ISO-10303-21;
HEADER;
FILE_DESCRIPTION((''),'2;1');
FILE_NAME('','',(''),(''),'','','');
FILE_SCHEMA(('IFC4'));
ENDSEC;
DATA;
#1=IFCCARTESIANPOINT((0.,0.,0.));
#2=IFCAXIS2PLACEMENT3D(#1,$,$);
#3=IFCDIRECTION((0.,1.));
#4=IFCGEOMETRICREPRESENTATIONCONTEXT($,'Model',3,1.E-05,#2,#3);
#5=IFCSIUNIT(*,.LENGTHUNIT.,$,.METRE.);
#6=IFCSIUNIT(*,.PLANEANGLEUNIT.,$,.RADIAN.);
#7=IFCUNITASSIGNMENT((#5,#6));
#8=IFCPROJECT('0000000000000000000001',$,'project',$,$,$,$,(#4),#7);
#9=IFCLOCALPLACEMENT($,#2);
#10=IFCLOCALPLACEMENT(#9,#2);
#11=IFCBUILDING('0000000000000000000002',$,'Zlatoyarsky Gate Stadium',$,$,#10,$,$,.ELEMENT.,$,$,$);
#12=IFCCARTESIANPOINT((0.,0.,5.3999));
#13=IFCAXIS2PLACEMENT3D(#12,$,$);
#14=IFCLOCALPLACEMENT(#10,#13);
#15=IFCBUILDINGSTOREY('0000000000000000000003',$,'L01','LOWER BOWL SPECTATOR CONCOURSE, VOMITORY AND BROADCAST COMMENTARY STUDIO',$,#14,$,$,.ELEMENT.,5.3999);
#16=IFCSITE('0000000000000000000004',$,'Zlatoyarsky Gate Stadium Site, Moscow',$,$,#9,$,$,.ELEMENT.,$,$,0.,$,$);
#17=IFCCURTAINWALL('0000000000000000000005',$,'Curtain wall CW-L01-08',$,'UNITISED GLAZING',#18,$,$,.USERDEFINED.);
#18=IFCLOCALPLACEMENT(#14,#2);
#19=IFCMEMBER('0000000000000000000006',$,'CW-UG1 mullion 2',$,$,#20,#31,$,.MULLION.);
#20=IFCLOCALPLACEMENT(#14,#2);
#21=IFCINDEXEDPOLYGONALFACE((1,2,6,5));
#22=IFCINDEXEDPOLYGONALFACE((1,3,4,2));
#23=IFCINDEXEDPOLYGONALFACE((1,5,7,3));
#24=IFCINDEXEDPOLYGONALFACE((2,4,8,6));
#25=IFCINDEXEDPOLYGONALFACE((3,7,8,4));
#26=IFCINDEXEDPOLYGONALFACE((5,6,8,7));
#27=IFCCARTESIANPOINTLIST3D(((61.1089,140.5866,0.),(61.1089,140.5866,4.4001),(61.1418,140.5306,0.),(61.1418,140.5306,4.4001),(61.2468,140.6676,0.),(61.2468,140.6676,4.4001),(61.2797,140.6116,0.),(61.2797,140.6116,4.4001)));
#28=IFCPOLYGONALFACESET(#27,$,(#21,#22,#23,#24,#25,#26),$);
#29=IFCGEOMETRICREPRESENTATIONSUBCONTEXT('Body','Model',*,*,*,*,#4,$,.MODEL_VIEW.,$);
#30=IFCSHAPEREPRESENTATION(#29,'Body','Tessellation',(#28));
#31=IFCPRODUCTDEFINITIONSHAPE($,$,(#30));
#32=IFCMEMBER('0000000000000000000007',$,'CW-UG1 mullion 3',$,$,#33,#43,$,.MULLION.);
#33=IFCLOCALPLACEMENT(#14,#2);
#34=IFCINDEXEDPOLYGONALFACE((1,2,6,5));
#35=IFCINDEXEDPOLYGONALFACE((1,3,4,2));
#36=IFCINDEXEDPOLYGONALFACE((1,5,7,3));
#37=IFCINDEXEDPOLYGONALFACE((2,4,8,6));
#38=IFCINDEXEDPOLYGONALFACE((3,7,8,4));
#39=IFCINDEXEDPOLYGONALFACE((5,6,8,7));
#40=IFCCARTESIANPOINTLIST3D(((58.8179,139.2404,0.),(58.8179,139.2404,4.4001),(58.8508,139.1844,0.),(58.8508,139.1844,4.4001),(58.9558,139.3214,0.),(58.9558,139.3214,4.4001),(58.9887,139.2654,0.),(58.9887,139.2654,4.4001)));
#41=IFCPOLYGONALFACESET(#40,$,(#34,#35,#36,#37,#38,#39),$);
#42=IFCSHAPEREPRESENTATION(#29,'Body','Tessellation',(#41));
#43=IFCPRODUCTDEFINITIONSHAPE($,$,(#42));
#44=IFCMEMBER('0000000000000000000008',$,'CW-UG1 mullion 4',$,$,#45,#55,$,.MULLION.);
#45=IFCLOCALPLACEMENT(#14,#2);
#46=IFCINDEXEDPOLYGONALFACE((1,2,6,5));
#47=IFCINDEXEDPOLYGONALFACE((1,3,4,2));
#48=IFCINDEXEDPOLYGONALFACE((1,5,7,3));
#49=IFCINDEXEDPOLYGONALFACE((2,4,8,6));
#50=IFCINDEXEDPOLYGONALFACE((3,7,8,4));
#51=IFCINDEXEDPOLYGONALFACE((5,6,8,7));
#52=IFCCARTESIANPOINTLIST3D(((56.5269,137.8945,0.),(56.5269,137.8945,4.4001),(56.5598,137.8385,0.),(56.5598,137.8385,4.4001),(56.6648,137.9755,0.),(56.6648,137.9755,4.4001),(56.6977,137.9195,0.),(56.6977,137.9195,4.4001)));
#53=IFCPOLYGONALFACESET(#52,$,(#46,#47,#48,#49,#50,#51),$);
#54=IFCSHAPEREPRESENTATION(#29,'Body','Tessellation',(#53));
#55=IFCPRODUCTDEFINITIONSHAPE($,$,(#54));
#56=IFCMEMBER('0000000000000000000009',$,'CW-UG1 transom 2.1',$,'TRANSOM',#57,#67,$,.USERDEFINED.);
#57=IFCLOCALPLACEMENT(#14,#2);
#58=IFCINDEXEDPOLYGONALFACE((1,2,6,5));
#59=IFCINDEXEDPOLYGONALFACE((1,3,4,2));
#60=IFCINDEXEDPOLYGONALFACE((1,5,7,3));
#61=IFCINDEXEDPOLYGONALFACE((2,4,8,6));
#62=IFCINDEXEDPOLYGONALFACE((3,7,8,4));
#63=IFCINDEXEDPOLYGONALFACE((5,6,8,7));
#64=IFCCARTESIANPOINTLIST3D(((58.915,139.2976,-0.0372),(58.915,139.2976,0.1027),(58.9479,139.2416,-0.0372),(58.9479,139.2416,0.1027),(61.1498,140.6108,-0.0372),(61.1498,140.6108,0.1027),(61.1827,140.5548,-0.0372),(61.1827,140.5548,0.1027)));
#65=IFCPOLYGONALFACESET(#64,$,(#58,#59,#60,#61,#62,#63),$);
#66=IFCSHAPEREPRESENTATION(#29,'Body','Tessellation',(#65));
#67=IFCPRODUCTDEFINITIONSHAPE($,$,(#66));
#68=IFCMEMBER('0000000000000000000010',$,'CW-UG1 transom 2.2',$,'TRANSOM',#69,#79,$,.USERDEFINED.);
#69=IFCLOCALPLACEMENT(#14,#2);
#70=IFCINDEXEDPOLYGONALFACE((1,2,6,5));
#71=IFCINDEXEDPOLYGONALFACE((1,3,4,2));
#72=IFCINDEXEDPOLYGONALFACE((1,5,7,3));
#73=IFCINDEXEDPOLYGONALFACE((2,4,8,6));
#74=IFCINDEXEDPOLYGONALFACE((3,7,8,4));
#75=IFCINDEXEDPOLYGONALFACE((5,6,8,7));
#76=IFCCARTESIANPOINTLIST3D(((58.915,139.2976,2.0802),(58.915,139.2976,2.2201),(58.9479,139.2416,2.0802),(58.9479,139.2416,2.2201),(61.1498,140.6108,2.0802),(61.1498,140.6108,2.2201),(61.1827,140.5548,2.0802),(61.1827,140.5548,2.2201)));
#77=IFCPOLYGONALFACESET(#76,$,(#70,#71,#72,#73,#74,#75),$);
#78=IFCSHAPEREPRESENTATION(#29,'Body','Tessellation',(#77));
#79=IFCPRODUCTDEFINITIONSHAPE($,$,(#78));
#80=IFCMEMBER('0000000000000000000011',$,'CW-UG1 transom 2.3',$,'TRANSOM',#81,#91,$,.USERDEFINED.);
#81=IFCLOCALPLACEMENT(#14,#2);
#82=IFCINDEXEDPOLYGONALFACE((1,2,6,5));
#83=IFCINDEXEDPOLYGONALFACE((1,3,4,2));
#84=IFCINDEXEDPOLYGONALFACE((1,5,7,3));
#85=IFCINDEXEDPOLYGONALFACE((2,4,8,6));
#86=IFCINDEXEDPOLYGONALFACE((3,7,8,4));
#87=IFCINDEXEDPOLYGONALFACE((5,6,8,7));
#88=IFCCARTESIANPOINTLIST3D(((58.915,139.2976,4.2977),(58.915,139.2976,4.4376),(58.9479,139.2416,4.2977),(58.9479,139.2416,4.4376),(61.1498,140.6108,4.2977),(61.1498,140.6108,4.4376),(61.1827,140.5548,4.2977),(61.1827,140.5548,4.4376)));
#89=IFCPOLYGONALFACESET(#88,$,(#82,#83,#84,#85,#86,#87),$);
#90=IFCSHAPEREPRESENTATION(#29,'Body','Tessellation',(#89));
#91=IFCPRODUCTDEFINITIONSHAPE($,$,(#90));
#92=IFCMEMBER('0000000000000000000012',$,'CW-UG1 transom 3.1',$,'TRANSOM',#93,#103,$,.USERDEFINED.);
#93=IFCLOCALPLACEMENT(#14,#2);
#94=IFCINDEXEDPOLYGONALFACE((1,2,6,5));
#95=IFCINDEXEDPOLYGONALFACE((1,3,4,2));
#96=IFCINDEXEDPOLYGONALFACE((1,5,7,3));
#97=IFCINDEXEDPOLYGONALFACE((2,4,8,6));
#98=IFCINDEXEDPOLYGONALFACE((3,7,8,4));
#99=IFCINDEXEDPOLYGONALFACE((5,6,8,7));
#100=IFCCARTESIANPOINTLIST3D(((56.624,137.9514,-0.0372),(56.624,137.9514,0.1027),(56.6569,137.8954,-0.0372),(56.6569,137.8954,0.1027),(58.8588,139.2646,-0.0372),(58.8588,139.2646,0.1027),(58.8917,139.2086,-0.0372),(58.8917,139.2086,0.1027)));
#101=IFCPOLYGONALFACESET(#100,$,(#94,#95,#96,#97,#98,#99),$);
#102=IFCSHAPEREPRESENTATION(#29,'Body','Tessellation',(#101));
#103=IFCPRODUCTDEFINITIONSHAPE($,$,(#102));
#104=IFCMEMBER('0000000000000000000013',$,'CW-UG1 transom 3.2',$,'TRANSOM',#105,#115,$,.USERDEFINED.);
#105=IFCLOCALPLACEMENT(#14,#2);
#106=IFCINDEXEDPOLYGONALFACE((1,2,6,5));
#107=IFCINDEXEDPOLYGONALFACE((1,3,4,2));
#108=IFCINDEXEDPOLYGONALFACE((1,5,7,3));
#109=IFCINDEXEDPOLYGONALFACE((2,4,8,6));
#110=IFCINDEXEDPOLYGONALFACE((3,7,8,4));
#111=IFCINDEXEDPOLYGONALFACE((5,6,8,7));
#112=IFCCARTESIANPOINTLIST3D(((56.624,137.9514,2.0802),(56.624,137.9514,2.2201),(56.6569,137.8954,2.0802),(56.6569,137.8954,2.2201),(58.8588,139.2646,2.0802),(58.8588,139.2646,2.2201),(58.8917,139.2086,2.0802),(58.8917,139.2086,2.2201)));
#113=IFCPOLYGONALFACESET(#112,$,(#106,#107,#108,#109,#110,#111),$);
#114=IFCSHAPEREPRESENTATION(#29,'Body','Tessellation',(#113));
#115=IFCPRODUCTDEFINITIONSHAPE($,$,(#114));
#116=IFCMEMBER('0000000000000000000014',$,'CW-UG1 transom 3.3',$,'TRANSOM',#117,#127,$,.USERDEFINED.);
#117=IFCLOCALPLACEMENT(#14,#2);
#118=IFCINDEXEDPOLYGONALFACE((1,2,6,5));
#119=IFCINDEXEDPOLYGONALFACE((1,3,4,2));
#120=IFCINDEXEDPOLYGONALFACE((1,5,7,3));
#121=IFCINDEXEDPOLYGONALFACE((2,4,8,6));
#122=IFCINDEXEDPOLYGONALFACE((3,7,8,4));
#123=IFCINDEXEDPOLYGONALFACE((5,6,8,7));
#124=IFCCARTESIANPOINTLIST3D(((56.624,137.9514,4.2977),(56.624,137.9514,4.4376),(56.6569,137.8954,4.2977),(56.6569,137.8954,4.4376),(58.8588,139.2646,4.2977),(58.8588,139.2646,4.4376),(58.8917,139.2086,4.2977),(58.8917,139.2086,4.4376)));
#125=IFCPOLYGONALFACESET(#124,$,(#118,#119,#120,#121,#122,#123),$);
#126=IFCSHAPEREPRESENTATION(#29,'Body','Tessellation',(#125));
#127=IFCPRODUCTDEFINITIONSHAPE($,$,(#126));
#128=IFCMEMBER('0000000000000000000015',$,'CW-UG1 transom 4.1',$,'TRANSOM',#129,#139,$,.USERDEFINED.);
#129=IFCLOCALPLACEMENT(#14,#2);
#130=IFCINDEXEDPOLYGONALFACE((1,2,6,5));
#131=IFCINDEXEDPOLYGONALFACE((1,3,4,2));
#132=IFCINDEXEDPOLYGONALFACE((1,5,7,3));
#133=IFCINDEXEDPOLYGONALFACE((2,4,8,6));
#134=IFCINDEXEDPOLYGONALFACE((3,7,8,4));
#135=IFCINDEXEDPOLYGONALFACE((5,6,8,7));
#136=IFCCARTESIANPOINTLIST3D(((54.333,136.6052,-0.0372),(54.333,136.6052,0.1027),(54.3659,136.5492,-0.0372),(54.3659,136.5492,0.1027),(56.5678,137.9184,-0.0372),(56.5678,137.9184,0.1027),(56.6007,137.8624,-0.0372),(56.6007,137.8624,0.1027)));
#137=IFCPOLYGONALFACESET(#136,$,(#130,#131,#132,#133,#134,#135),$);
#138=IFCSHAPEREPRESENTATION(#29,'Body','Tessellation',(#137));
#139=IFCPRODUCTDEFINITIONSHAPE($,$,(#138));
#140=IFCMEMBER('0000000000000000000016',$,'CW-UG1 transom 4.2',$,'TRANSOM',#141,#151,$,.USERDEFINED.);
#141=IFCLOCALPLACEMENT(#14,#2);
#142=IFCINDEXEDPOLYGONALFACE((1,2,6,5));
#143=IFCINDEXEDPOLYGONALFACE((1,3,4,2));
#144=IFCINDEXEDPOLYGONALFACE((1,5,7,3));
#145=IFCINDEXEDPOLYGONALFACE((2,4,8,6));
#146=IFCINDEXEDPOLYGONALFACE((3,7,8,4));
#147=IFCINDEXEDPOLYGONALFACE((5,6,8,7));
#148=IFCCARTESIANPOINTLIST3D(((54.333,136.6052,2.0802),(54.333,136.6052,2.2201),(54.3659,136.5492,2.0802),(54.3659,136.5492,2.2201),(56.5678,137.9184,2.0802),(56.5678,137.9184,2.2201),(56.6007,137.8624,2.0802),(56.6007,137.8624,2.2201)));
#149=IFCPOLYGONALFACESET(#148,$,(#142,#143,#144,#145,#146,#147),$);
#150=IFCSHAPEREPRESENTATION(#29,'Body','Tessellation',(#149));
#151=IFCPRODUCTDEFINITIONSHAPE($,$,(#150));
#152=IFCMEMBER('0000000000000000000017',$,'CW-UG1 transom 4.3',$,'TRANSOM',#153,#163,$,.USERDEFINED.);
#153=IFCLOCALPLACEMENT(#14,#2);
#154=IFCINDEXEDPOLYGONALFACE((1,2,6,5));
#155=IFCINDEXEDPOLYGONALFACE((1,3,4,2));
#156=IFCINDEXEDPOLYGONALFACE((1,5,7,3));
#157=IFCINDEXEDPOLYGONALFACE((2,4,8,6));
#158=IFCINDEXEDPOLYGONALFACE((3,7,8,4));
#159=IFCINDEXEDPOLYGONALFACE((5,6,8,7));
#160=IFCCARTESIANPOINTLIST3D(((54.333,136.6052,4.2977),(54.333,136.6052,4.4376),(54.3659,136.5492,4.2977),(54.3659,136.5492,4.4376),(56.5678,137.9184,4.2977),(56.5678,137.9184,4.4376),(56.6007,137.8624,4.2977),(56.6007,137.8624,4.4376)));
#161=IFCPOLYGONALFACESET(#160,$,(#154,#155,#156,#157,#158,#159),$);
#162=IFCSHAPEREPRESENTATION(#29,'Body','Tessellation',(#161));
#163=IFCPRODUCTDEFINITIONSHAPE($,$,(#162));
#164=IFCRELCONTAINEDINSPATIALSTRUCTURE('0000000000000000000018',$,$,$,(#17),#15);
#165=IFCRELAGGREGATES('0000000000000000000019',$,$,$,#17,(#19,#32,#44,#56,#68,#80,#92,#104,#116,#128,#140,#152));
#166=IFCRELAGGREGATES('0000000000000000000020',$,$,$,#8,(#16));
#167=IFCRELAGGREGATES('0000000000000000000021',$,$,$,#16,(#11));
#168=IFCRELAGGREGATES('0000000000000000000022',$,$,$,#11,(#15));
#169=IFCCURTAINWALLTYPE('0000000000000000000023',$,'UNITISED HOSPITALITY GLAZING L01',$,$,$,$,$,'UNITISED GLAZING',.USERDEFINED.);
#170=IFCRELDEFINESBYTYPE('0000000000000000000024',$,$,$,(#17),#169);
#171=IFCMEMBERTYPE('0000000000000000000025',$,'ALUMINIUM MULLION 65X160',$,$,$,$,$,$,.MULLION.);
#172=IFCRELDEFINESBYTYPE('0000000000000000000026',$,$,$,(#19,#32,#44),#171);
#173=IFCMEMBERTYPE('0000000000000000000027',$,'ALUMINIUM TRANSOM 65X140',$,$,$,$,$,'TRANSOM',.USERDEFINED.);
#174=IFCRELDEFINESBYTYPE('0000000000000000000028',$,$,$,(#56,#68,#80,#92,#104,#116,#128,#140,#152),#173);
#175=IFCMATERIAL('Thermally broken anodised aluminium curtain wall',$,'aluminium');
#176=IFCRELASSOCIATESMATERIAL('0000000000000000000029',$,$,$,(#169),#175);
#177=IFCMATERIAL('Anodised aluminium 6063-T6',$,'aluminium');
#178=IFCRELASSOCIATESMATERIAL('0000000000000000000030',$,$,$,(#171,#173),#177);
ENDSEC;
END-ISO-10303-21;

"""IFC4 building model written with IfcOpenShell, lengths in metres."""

from ifc_helpers import new_model, si_unit, direction, frame, origin, origin_2d, place, context, subcontext, project, spatial, rectangle, extrude, material, material_profile, profile_set, type_object, element, aggregate, save


model = new_model("IFC4")

# Units and contexts
model_context = context("Model", 3, precision=1e-05, world=origin(), true_north=direction((0.0, 1.0)))
body_context = subcontext(model_context, "Body", "Model", "MODEL_VIEW")
ifc_project = project(units=[si_unit("LENGTHUNIT", "METRE"), si_unit("PLANEANGLEUNIT", "RADIAN")], contexts=[model_context])

# Site, building, storey
site_placement = place(None, origin())
site = spatial("IfcSite", under=ifc_project, at=site_placement, Name="Zlatoyarsky Gate Stadium Site, Moscow", CompositionType="ELEMENT", RefElevation=0.0)
building_placement = place(site_placement, origin())
building = spatial("IfcBuilding", under=site, at=building_placement, Name="Zlatoyarsky Gate Stadium", CompositionType="ELEMENT")
storey_placement = place(building_placement, frame((0.0, 0.0, 5.3999)))
storey = spatial("IfcBuildingStorey", under=building, at=storey_placement, Name="L01", Description="LOWER BOWL SPECTATOR CONCOURSE, VOMITORY AND BROADCAST COMMENTARY STUDIO", CompositionType="ELEMENT", Elevation=5.3999)

# Curtain wall, members
ifc_material_1 = material(Name="Thermally broken anodised aluminium curtain wall", Category="aluminium")
curtain_wall_type = type_object("IfcCurtainWallType", Name="UNITISED HOSPITALITY GLAZING L01", ElementType="UNITISED GLAZING", PredefinedType="USERDEFINED", material=ifc_material_1)
curtain_wall_placement = place(storey_placement, origin())
curtain_wall = element("IfcCurtainWall", 1, at=curtain_wall_placement, inside=storey, type_object=curtain_wall_type, Name="Curtain wall CW-L01-08", ObjectType="UNITISED GLAZING", PredefinedType="USERDEFINED")
ifc_material_2 = material(Name="Anodised aluminium 6063-T6", Category="aluminium")
ifc_material_profile_1 = material_profile(ifc_material_2, rectangle(XDim=0.0649, YDim=0.1599, at=origin_2d()), Name="ALU 65X160")
ifc_profile_set_1 = profile_set([ifc_material_profile_1], Name="Anodised aluminium 6063-T6")
member_type_1 = type_object("IfcMemberType", Name="ALUMINIUM MULLION 65X160", PredefinedType="MULLION", material=ifc_profile_set_1)
member_1_placement = place(storey_placement, frame((61.1943, 140.5991, 0.0), z_axis=(0.0, 0.0, 1.0), x_axis=(0.506588, -0.862188, 0.0)))
member_1 = element("IfcMember", 2, at=member_1_placement, type_object=member_type_1, Name="CW-UG1 mullion 2", PredefinedType="MULLION", context=body_context, shape_type="SweptSolid", body=[
    extrude(rectangle(XDim=0.0649, YDim=0.1599, at=origin_2d()), origin(), (0.0, 0.0, 1.0), 4.4001),
])
member_2_placement = place(storey_placement, frame((58.9033, 139.2529, 0.0), z_axis=(0.0, 0.0, 1.0), x_axis=(0.506588, -0.862188, 0.0)))
member_2 = element("IfcMember", 3, at=member_2_placement, type_object=member_type_1, Name="CW-UG1 mullion 3", PredefinedType="MULLION", context=body_context, shape_type="SweptSolid", body=[
    extrude(rectangle(XDim=0.0649, YDim=0.1599, at=origin_2d()), origin(), (0.0, 0.0, 1.0), 4.4001),
])
member_3_placement = place(storey_placement, frame((56.6123, 137.907, 0.0), z_axis=(0.0, 0.0, 1.0), x_axis=(0.506588, -0.862188, 0.0)))
member_3 = element("IfcMember", 4, at=member_3_placement, type_object=member_type_1, Name="CW-UG1 mullion 4", PredefinedType="MULLION", context=body_context, shape_type="SweptSolid", body=[
    extrude(rectangle(XDim=0.0649, YDim=0.1599, at=origin_2d()), origin(), (0.0, 0.0, 1.0), 4.4001),
])
ifc_material_profile_2 = material_profile(ifc_material_2, rectangle(XDim=0.0649, YDim=0.1399, at=origin_2d()), Name="ALU 65X140")
ifc_profile_set_2 = profile_set([ifc_material_profile_2], Name="Anodised aluminium 6063-T6")
member_type_2 = type_object("IfcMemberType", Name="ALUMINIUM TRANSOM 65X140", ElementType="TRANSOM", PredefinedType="USERDEFINED", material=ifc_profile_set_2)
member_4_placement = place(storey_placement, frame((61.1663, 140.5828, 0.0327), z_axis=(-0.862169, -0.506621, 0.0), x_axis=(0.506621, -0.862169, 0.0)))
member_4 = element("IfcMember", 5, at=member_4_placement, type_object=member_type_2, Name="CW-UG1 transom 2.1", ObjectType="TRANSOM", PredefinedType="USERDEFINED", context=body_context, shape_type="SweptSolid", body=[
    extrude(rectangle(XDim=0.0649, YDim=0.1399, at=origin_2d()), origin(), (0.0, 0.0, 1.0), 2.592),
])
member_5_placement = place(storey_placement, frame((61.1663, 140.5828, 2.1501), z_axis=(-0.862169, -0.506621, 0.0), x_axis=(0.506621, -0.862169, 0.0)))
member_5 = element("IfcMember", 6, at=member_5_placement, type_object=member_type_2, Name="CW-UG1 transom 2.2", ObjectType="TRANSOM", PredefinedType="USERDEFINED", context=body_context, shape_type="SweptSolid", body=[
    extrude(rectangle(XDim=0.0649, YDim=0.1399, at=origin_2d()), origin(), (0.0, 0.0, 1.0), 2.592),
])
member_6_placement = place(storey_placement, frame((61.1663, 140.5828, 4.3677), z_axis=(-0.862169, -0.506621, 0.0), x_axis=(0.506621, -0.862169, 0.0)))
member_6 = element("IfcMember", 7, at=member_6_placement, type_object=member_type_2, Name="CW-UG1 transom 2.3", ObjectType="TRANSOM", PredefinedType="USERDEFINED", context=body_context, shape_type="SweptSolid", body=[
    extrude(rectangle(XDim=0.0649, YDim=0.1399, at=origin_2d()), origin(), (0.0, 0.0, 1.0), 2.592),
])
member_7_placement = place(storey_placement, frame((58.8752, 139.2366, 0.0327), z_axis=(-0.862169, -0.506621, 0.0), x_axis=(0.506621, -0.862169, 0.0)))
member_7 = element("IfcMember", 8, at=member_7_placement, type_object=member_type_2, Name="CW-UG1 transom 3.1", ObjectType="TRANSOM", PredefinedType="USERDEFINED", context=body_context, shape_type="SweptSolid", body=[
    extrude(rectangle(XDim=0.0649, YDim=0.1399, at=origin_2d()), origin(), (0.0, 0.0, 1.0), 2.592),
])
member_8_placement = place(storey_placement, frame((58.8752, 139.2366, 2.1501), z_axis=(-0.862169, -0.506621, 0.0), x_axis=(0.506621, -0.862169, 0.0)))
member_8 = element("IfcMember", 9, at=member_8_placement, type_object=member_type_2, Name="CW-UG1 transom 3.2", ObjectType="TRANSOM", PredefinedType="USERDEFINED", context=body_context, shape_type="SweptSolid", body=[
    extrude(rectangle(XDim=0.0649, YDim=0.1399, at=origin_2d()), origin(), (0.0, 0.0, 1.0), 2.592),
])
member_9_placement = place(storey_placement, frame((58.8752, 139.2366, 4.3677), z_axis=(-0.862169, -0.506621, 0.0), x_axis=(0.506621, -0.862169, 0.0)))
member_9 = element("IfcMember", 10, at=member_9_placement, type_object=member_type_2, Name="CW-UG1 transom 3.3", ObjectType="TRANSOM", PredefinedType="USERDEFINED", context=body_context, shape_type="SweptSolid", body=[
    extrude(rectangle(XDim=0.0649, YDim=0.1399, at=origin_2d()), origin(), (0.0, 0.0, 1.0), 2.592),
])
member_10_placement = place(storey_placement, frame((56.5842, 137.8904, 0.0327), z_axis=(-0.862169, -0.506621, 0.0), x_axis=(0.506621, -0.862169, 0.0)))
member_10 = element("IfcMember", 11, at=member_10_placement, type_object=member_type_2, Name="CW-UG1 transom 4.1", ObjectType="TRANSOM", PredefinedType="USERDEFINED", context=body_context, shape_type="SweptSolid", body=[
    extrude(rectangle(XDim=0.0649, YDim=0.1399, at=origin_2d()), origin(), (0.0, 0.0, 1.0), 2.592),
])
member_11_placement = place(storey_placement, frame((56.5842, 137.8904, 2.1501), z_axis=(-0.862169, -0.506621, 0.0), x_axis=(0.506621, -0.862169, 0.0)))
member_11 = element("IfcMember", 12, at=member_11_placement, type_object=member_type_2, Name="CW-UG1 transom 4.2", ObjectType="TRANSOM", PredefinedType="USERDEFINED", context=body_context, shape_type="SweptSolid", body=[
    extrude(rectangle(XDim=0.0649, YDim=0.1399, at=origin_2d()), origin(), (0.0, 0.0, 1.0), 2.592),
])
member_12_placement = place(storey_placement, frame((56.5842, 137.8904, 4.3677), z_axis=(-0.862169, -0.506621, 0.0), x_axis=(0.506621, -0.862169, 0.0)))
member_12 = element("IfcMember", 13, at=member_12_placement, type_object=member_type_2, Name="CW-UG1 transom 4.3", ObjectType="TRANSOM", PredefinedType="USERDEFINED", context=body_context, shape_type="SweptSolid", body=[
    extrude(rectangle(XDim=0.0649, YDim=0.1399, at=origin_2d()), origin(), (0.0, 0.0, 1.0), 2.592),
])

aggregate(curtain_wall, [member_1, member_2, member_3, member_4, member_5, member_6, member_7, member_8, member_9, member_10, member_11, member_12])

save(model, "model.ifc")
